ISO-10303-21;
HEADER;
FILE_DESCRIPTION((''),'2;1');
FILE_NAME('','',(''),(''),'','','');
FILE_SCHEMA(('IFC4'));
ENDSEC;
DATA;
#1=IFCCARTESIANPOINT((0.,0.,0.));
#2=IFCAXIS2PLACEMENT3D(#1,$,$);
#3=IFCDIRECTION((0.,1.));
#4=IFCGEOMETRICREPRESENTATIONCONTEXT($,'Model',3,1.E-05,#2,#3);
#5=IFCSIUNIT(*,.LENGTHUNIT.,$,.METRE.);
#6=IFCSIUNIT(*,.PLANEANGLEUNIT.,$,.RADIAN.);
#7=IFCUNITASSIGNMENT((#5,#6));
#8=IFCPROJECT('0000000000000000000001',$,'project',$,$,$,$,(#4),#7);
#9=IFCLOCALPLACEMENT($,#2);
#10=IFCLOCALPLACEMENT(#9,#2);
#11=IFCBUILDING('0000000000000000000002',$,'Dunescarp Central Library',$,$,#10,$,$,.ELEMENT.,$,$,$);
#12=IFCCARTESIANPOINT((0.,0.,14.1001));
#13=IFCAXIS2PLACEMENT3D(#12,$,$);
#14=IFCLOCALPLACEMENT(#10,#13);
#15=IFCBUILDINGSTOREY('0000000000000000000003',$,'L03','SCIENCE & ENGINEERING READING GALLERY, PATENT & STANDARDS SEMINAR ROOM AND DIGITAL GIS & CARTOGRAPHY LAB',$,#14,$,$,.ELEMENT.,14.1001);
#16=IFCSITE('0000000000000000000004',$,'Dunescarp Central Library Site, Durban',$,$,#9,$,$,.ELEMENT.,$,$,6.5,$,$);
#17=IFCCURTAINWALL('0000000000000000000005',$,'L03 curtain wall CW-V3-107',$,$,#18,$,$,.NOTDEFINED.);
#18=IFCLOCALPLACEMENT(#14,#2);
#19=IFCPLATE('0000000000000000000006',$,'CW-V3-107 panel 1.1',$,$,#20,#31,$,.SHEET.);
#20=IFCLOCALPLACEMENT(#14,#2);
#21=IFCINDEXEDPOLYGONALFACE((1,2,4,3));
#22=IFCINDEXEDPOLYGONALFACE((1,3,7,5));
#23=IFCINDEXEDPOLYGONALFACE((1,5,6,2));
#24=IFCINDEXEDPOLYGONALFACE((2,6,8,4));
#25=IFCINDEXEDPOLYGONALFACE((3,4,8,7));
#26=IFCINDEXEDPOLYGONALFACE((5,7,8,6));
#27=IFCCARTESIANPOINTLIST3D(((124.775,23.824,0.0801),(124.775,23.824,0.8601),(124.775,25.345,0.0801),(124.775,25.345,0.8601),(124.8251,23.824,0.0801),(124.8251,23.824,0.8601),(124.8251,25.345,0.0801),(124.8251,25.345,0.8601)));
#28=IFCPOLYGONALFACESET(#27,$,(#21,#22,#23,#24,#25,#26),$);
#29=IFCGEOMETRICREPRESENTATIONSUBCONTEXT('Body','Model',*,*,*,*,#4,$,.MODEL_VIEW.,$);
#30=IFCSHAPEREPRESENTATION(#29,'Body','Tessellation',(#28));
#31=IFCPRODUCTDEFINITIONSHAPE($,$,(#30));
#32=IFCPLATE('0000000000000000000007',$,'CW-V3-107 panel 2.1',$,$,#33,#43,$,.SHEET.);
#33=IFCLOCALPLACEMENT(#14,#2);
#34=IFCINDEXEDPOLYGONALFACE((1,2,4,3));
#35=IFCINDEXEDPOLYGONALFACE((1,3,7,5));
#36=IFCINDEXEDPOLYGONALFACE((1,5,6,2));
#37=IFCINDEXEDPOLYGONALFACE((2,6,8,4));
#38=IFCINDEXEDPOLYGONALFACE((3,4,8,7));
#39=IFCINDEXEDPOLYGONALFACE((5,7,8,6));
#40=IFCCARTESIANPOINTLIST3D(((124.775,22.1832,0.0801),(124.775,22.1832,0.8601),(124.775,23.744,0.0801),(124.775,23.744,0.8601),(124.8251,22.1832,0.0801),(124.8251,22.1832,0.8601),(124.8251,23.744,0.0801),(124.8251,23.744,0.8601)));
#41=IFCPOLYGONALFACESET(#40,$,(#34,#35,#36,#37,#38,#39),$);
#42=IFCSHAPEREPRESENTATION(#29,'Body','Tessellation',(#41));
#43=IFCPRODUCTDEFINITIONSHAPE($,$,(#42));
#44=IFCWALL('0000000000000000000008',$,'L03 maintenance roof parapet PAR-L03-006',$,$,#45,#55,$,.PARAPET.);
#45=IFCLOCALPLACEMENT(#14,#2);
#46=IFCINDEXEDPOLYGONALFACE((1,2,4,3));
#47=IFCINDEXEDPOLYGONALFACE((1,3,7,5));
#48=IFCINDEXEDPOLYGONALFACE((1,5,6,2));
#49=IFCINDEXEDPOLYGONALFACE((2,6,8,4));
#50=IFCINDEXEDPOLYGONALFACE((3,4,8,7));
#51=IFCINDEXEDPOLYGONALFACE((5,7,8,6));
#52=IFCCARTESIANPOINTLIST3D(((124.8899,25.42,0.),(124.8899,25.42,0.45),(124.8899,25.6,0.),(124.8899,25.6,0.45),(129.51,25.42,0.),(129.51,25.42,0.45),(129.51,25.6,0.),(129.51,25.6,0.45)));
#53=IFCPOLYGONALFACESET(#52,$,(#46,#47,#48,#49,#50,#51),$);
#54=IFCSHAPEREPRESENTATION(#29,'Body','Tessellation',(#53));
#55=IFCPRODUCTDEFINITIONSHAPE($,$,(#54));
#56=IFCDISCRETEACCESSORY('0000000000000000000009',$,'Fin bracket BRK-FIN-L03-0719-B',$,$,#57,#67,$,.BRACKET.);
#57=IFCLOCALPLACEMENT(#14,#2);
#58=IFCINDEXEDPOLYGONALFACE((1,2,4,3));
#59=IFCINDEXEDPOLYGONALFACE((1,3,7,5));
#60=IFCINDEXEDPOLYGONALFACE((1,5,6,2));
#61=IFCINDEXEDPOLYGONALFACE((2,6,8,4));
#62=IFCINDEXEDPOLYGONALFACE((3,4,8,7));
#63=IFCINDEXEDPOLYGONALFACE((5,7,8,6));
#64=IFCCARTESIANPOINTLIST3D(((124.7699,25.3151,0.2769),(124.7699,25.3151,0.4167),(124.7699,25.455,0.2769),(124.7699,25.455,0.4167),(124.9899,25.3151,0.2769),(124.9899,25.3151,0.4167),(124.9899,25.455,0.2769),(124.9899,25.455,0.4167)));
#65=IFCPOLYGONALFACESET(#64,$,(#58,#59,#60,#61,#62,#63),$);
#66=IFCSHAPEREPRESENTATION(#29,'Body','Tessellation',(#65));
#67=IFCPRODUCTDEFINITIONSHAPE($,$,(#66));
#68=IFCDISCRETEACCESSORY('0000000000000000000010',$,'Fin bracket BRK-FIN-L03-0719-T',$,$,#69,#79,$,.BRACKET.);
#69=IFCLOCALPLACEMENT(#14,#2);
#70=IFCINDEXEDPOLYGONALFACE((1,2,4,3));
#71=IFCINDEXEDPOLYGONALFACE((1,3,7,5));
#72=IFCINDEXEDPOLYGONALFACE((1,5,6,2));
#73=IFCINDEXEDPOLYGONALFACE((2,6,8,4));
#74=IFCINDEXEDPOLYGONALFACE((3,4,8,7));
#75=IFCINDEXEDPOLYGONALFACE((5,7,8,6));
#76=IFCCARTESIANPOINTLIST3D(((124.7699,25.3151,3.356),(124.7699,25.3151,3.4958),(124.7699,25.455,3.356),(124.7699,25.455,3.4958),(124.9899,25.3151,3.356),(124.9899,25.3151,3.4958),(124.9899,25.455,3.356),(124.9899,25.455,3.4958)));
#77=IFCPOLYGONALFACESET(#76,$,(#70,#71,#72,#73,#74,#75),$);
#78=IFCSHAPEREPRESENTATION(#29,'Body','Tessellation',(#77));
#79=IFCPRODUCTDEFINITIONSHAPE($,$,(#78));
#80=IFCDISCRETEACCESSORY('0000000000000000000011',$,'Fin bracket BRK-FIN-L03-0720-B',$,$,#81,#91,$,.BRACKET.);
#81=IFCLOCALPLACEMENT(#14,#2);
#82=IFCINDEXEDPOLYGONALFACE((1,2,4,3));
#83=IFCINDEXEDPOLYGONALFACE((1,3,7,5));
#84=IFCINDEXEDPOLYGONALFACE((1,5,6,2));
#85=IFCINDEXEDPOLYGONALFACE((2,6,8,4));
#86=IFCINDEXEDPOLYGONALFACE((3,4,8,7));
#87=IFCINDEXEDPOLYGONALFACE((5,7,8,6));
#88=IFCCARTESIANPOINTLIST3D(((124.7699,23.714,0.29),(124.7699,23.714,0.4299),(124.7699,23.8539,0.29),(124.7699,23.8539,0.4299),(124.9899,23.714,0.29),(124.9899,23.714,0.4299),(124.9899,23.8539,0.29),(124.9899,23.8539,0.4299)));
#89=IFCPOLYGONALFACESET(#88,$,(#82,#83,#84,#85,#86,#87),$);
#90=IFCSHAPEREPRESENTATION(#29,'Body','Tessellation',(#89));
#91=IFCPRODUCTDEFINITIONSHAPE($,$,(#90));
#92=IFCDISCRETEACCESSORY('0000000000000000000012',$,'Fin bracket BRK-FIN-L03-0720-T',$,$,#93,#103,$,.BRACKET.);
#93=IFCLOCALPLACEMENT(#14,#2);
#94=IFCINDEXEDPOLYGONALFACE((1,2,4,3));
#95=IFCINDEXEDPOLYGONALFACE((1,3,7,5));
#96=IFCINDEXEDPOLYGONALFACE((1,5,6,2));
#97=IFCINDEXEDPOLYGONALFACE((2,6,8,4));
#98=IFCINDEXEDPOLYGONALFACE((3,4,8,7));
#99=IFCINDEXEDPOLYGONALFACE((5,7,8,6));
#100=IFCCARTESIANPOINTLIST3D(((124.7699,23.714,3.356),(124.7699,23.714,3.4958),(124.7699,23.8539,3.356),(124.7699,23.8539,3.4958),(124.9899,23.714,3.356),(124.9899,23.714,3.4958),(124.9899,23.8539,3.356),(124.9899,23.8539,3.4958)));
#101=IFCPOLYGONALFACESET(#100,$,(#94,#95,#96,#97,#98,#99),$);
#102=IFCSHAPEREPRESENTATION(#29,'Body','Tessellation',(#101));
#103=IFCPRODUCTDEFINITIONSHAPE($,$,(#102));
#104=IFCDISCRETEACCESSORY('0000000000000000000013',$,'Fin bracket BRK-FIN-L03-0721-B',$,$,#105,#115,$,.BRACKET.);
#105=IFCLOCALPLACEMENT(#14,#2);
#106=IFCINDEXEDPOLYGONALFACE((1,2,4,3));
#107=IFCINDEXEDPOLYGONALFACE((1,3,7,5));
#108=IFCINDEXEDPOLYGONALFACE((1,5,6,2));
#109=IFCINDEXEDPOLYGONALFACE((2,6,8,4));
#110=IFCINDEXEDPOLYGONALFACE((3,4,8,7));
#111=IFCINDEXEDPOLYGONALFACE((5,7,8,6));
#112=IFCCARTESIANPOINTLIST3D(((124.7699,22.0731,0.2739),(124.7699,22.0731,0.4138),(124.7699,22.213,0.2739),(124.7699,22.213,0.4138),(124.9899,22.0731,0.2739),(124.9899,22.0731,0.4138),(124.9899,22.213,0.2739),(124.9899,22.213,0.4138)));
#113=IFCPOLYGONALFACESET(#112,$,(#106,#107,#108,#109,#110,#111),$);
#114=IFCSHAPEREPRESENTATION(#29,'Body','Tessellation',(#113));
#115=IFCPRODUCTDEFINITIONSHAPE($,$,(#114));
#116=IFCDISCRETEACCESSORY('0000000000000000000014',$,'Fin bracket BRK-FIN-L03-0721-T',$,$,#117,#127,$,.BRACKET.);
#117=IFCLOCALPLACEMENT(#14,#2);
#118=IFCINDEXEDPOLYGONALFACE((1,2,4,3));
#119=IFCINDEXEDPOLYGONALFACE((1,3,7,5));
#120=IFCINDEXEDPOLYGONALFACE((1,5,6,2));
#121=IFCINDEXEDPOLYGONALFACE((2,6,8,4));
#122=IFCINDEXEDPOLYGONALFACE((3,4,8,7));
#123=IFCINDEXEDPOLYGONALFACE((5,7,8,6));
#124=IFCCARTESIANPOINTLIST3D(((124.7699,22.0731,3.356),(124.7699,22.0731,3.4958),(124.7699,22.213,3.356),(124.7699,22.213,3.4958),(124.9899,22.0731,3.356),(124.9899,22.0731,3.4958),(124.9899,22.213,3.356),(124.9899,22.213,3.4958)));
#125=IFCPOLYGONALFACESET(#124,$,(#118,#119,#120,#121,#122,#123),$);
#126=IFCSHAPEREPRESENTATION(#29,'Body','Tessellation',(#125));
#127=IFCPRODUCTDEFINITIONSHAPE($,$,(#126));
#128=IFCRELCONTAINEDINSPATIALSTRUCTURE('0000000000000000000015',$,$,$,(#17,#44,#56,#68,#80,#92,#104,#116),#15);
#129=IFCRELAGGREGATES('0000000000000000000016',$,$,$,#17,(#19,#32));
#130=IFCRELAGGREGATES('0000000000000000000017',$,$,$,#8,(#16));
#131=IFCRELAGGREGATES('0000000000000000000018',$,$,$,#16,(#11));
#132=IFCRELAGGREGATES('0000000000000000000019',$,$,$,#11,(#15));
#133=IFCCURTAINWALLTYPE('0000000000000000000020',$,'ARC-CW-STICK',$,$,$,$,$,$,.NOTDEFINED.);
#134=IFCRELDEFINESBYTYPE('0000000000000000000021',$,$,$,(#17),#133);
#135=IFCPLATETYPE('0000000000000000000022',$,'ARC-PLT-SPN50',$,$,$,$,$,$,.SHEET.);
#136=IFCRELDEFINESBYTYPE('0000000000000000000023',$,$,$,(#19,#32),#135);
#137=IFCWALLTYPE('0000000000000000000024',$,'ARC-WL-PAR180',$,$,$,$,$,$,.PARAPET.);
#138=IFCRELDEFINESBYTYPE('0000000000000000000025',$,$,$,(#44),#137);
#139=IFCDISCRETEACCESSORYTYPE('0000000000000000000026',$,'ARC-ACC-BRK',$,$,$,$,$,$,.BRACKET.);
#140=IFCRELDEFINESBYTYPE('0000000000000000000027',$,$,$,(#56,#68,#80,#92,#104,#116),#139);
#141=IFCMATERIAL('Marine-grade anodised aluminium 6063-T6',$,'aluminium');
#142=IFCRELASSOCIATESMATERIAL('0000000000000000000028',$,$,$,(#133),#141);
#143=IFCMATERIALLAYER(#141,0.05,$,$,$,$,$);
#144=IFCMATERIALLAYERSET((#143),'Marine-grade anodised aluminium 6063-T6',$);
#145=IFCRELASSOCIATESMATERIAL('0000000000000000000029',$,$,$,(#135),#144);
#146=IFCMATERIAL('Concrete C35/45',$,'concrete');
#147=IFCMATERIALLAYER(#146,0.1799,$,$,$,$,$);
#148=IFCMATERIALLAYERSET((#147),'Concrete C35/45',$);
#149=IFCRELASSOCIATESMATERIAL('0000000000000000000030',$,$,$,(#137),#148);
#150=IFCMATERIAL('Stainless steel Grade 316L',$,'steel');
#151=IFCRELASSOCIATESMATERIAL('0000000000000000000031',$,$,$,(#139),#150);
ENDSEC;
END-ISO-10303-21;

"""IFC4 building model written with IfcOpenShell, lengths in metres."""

from ifc_helpers import new_model, si_unit, direction, frame, frame_2d, origin, origin_2d, place, context, subcontext, project, spatial, rectangle, extrude, material, layer, layer_set, type_object, element, aggregate, save


model = new_model("IFC4")

# Units and contexts
model_context = context("Model", 3, precision=1e-05, world=origin(), true_north=direction((0.0, 1.0)))
body_context = subcontext(model_context, "Body", "Model", "MODEL_VIEW")
ifc_project = project(units=[si_unit("LENGTHUNIT", "METRE"), si_unit("PLANEANGLEUNIT", "RADIAN")], contexts=[model_context])

# Site, building, storey
site_placement = place(None, origin())
site = spatial("IfcSite", under=ifc_project, at=site_placement, Name="Dunescarp Central Library Site, Durban", CompositionType="ELEMENT", RefElevation=6.5)
building_placement = place(site_placement, origin())
building = spatial("IfcBuilding", under=site, at=building_placement, Name="Dunescarp Central Library", CompositionType="ELEMENT")
storey_placement = place(building_placement, frame((0.0, 0.0, 14.1001)))
storey = spatial("IfcBuildingStorey", under=building, at=storey_placement, Name="L03", Description="SCIENCE & ENGINEERING READING GALLERY, PATENT & STANDARDS SEMINAR ROOM AND DIGITAL GIS & CARTOGRAPHY LAB", CompositionType="ELEMENT", Elevation=14.1001)

# Curtain wall
ifc_material_1 = material(Name="Marine-grade anodised aluminium 6063-T6", Category="aluminium")
curtain_wall_type = type_object("IfcCurtainWallType", Name="ARC-CW-STICK", PredefinedType="NOTDEFINED", material=ifc_material_1)
curtain_wall_placement = place(storey_placement, origin())
curtain_wall = element("IfcCurtainWall", 1, at=curtain_wall_placement, inside=storey, type_object=curtain_wall_type, Name="L03 curtain wall CW-V3-107", PredefinedType="NOTDEFINED")

# Plates
ifc_layer_1 = layer(ifc_material_1, 0.05)
ifc_layer_set_1 = layer_set([ifc_layer_1], Name="Marine-grade anodised aluminium 6063-T6")
plate_type_1 = type_object("IfcPlateType", Name="ARC-PLT-SPN50", PredefinedType="SHEET", material=ifc_layer_set_1)
plate_1_placement = place(storey_placement, frame((124.8, 24.5845, 0.0801), z_axis=(0.0, 0.0, 1.0), x_axis=(0.0, -1.0, 0.0)))
plate_1 = element("IfcPlate", 2, at=plate_1_placement, type_object=plate_type_1, Name="CW-V3-107 panel 1.1", PredefinedType="SHEET", context=body_context, shape_type="SweptSolid", body=[
    extrude(rectangle(XDim=1.521, YDim=0.05, at=origin_2d()), origin(), (0.0, 0.0, 1.0), 0.78),
])
plate_2_placement = place(storey_placement, frame((124.8, 22.9636, 0.0801), z_axis=(0.0, 0.0, 1.0), x_axis=(0.0, -1.0, 0.0)))
plate_2 = element("IfcPlate", 3, at=plate_2_placement, type_object=plate_type_1, Name="CW-V3-107 panel 2.1", PredefinedType="SHEET", context=body_context, shape_type="SweptSolid", body=[
    extrude(rectangle(XDim=1.5608, YDim=0.05, at=origin_2d()), origin(), (0.0, 0.0, 1.0), 0.78),
])
aggregate(curtain_wall, [plate_1, plate_2])

# Wall
ifc_material_2 = material(Name="Concrete C35/45", Category="concrete")
ifc_layer_2 = layer(ifc_material_2, 0.1799)
ifc_layer_set_2 = layer_set([ifc_layer_2], Name="Concrete C35/45")
wall_type = type_object("IfcWallType", Name="ARC-WL-PAR180", PredefinedType="PARAPET", material=ifc_layer_set_2)
wall_placement = place(storey_placement, frame((124.8899, 25.51, 0.0), z_axis=(0.0, 0.0, 1.0), x_axis=(1.0, 0.0, 0.0)))
element("IfcWall", 4, at=wall_placement, inside=storey, type_object=wall_type, Name="L03 maintenance roof parapet PAR-L03-006", PredefinedType="PARAPET", context=body_context, shape_type="SweptSolid", body=[
    extrude(rectangle(XDim=4.6201, YDim=0.1799, at=frame_2d((2.3101, 0.0))), origin(), (0.0, 0.0, 1.0), 0.45),
])

# Discrete accessories
ifc_material_3 = material(Name="Stainless steel Grade 316L", Category="steel")
discrete_accessory_type = type_object("IfcDiscreteAccessoryType", Name="ARC-ACC-BRK", PredefinedType="BRACKET", material=ifc_material_3)
for number, where, z_axis, x_axis, name in (
    (5, (124.8799, 25.385, 0.2769), (0.0, 0.0, 1.0), (1.0, 0.0, 0.0), "Fin bracket BRK-FIN-L03-0719-B"),
    (6, (124.8799, 25.385, 3.356), (0.0, 0.0, 1.0), (1.0, 0.0, 0.0), "Fin bracket BRK-FIN-L03-0719-T"),
    (7, (124.8799, 23.7839, 0.29), (0.0, 0.0, 1.0), (1.0, 0.0, 0.0), "Fin bracket BRK-FIN-L03-0720-B"),
    (8, (124.8799, 23.7839, 3.356), (0.0, 0.0, 1.0), (1.0, 0.0, 0.0), "Fin bracket BRK-FIN-L03-0720-T"),
    (9, (124.8799, 22.1431, 0.2739), (0.0, 0.0, 1.0), (1.0, 0.0, 0.0), "Fin bracket BRK-FIN-L03-0721-B"),
    (10, (124.8799, 22.1431, 3.356), (0.0, 0.0, 1.0), (1.0, 0.0, 0.0), "Fin bracket BRK-FIN-L03-0721-T"),
):
    element("IfcDiscreteAccessory", number, at=place(storey_placement, frame(where, z_axis=z_axis, x_axis=x_axis)), inside=storey, type_object=discrete_accessory_type, Name=name, PredefinedType="BRACKET", context=body_context, shape_type="SweptSolid", body=[
        extrude(rectangle(XDim=0.22, YDim=0.1399, at=origin_2d()), origin(), (0.0, 0.0, 1.0), 0.1399),
    ])

save(model, "model.ifc")
